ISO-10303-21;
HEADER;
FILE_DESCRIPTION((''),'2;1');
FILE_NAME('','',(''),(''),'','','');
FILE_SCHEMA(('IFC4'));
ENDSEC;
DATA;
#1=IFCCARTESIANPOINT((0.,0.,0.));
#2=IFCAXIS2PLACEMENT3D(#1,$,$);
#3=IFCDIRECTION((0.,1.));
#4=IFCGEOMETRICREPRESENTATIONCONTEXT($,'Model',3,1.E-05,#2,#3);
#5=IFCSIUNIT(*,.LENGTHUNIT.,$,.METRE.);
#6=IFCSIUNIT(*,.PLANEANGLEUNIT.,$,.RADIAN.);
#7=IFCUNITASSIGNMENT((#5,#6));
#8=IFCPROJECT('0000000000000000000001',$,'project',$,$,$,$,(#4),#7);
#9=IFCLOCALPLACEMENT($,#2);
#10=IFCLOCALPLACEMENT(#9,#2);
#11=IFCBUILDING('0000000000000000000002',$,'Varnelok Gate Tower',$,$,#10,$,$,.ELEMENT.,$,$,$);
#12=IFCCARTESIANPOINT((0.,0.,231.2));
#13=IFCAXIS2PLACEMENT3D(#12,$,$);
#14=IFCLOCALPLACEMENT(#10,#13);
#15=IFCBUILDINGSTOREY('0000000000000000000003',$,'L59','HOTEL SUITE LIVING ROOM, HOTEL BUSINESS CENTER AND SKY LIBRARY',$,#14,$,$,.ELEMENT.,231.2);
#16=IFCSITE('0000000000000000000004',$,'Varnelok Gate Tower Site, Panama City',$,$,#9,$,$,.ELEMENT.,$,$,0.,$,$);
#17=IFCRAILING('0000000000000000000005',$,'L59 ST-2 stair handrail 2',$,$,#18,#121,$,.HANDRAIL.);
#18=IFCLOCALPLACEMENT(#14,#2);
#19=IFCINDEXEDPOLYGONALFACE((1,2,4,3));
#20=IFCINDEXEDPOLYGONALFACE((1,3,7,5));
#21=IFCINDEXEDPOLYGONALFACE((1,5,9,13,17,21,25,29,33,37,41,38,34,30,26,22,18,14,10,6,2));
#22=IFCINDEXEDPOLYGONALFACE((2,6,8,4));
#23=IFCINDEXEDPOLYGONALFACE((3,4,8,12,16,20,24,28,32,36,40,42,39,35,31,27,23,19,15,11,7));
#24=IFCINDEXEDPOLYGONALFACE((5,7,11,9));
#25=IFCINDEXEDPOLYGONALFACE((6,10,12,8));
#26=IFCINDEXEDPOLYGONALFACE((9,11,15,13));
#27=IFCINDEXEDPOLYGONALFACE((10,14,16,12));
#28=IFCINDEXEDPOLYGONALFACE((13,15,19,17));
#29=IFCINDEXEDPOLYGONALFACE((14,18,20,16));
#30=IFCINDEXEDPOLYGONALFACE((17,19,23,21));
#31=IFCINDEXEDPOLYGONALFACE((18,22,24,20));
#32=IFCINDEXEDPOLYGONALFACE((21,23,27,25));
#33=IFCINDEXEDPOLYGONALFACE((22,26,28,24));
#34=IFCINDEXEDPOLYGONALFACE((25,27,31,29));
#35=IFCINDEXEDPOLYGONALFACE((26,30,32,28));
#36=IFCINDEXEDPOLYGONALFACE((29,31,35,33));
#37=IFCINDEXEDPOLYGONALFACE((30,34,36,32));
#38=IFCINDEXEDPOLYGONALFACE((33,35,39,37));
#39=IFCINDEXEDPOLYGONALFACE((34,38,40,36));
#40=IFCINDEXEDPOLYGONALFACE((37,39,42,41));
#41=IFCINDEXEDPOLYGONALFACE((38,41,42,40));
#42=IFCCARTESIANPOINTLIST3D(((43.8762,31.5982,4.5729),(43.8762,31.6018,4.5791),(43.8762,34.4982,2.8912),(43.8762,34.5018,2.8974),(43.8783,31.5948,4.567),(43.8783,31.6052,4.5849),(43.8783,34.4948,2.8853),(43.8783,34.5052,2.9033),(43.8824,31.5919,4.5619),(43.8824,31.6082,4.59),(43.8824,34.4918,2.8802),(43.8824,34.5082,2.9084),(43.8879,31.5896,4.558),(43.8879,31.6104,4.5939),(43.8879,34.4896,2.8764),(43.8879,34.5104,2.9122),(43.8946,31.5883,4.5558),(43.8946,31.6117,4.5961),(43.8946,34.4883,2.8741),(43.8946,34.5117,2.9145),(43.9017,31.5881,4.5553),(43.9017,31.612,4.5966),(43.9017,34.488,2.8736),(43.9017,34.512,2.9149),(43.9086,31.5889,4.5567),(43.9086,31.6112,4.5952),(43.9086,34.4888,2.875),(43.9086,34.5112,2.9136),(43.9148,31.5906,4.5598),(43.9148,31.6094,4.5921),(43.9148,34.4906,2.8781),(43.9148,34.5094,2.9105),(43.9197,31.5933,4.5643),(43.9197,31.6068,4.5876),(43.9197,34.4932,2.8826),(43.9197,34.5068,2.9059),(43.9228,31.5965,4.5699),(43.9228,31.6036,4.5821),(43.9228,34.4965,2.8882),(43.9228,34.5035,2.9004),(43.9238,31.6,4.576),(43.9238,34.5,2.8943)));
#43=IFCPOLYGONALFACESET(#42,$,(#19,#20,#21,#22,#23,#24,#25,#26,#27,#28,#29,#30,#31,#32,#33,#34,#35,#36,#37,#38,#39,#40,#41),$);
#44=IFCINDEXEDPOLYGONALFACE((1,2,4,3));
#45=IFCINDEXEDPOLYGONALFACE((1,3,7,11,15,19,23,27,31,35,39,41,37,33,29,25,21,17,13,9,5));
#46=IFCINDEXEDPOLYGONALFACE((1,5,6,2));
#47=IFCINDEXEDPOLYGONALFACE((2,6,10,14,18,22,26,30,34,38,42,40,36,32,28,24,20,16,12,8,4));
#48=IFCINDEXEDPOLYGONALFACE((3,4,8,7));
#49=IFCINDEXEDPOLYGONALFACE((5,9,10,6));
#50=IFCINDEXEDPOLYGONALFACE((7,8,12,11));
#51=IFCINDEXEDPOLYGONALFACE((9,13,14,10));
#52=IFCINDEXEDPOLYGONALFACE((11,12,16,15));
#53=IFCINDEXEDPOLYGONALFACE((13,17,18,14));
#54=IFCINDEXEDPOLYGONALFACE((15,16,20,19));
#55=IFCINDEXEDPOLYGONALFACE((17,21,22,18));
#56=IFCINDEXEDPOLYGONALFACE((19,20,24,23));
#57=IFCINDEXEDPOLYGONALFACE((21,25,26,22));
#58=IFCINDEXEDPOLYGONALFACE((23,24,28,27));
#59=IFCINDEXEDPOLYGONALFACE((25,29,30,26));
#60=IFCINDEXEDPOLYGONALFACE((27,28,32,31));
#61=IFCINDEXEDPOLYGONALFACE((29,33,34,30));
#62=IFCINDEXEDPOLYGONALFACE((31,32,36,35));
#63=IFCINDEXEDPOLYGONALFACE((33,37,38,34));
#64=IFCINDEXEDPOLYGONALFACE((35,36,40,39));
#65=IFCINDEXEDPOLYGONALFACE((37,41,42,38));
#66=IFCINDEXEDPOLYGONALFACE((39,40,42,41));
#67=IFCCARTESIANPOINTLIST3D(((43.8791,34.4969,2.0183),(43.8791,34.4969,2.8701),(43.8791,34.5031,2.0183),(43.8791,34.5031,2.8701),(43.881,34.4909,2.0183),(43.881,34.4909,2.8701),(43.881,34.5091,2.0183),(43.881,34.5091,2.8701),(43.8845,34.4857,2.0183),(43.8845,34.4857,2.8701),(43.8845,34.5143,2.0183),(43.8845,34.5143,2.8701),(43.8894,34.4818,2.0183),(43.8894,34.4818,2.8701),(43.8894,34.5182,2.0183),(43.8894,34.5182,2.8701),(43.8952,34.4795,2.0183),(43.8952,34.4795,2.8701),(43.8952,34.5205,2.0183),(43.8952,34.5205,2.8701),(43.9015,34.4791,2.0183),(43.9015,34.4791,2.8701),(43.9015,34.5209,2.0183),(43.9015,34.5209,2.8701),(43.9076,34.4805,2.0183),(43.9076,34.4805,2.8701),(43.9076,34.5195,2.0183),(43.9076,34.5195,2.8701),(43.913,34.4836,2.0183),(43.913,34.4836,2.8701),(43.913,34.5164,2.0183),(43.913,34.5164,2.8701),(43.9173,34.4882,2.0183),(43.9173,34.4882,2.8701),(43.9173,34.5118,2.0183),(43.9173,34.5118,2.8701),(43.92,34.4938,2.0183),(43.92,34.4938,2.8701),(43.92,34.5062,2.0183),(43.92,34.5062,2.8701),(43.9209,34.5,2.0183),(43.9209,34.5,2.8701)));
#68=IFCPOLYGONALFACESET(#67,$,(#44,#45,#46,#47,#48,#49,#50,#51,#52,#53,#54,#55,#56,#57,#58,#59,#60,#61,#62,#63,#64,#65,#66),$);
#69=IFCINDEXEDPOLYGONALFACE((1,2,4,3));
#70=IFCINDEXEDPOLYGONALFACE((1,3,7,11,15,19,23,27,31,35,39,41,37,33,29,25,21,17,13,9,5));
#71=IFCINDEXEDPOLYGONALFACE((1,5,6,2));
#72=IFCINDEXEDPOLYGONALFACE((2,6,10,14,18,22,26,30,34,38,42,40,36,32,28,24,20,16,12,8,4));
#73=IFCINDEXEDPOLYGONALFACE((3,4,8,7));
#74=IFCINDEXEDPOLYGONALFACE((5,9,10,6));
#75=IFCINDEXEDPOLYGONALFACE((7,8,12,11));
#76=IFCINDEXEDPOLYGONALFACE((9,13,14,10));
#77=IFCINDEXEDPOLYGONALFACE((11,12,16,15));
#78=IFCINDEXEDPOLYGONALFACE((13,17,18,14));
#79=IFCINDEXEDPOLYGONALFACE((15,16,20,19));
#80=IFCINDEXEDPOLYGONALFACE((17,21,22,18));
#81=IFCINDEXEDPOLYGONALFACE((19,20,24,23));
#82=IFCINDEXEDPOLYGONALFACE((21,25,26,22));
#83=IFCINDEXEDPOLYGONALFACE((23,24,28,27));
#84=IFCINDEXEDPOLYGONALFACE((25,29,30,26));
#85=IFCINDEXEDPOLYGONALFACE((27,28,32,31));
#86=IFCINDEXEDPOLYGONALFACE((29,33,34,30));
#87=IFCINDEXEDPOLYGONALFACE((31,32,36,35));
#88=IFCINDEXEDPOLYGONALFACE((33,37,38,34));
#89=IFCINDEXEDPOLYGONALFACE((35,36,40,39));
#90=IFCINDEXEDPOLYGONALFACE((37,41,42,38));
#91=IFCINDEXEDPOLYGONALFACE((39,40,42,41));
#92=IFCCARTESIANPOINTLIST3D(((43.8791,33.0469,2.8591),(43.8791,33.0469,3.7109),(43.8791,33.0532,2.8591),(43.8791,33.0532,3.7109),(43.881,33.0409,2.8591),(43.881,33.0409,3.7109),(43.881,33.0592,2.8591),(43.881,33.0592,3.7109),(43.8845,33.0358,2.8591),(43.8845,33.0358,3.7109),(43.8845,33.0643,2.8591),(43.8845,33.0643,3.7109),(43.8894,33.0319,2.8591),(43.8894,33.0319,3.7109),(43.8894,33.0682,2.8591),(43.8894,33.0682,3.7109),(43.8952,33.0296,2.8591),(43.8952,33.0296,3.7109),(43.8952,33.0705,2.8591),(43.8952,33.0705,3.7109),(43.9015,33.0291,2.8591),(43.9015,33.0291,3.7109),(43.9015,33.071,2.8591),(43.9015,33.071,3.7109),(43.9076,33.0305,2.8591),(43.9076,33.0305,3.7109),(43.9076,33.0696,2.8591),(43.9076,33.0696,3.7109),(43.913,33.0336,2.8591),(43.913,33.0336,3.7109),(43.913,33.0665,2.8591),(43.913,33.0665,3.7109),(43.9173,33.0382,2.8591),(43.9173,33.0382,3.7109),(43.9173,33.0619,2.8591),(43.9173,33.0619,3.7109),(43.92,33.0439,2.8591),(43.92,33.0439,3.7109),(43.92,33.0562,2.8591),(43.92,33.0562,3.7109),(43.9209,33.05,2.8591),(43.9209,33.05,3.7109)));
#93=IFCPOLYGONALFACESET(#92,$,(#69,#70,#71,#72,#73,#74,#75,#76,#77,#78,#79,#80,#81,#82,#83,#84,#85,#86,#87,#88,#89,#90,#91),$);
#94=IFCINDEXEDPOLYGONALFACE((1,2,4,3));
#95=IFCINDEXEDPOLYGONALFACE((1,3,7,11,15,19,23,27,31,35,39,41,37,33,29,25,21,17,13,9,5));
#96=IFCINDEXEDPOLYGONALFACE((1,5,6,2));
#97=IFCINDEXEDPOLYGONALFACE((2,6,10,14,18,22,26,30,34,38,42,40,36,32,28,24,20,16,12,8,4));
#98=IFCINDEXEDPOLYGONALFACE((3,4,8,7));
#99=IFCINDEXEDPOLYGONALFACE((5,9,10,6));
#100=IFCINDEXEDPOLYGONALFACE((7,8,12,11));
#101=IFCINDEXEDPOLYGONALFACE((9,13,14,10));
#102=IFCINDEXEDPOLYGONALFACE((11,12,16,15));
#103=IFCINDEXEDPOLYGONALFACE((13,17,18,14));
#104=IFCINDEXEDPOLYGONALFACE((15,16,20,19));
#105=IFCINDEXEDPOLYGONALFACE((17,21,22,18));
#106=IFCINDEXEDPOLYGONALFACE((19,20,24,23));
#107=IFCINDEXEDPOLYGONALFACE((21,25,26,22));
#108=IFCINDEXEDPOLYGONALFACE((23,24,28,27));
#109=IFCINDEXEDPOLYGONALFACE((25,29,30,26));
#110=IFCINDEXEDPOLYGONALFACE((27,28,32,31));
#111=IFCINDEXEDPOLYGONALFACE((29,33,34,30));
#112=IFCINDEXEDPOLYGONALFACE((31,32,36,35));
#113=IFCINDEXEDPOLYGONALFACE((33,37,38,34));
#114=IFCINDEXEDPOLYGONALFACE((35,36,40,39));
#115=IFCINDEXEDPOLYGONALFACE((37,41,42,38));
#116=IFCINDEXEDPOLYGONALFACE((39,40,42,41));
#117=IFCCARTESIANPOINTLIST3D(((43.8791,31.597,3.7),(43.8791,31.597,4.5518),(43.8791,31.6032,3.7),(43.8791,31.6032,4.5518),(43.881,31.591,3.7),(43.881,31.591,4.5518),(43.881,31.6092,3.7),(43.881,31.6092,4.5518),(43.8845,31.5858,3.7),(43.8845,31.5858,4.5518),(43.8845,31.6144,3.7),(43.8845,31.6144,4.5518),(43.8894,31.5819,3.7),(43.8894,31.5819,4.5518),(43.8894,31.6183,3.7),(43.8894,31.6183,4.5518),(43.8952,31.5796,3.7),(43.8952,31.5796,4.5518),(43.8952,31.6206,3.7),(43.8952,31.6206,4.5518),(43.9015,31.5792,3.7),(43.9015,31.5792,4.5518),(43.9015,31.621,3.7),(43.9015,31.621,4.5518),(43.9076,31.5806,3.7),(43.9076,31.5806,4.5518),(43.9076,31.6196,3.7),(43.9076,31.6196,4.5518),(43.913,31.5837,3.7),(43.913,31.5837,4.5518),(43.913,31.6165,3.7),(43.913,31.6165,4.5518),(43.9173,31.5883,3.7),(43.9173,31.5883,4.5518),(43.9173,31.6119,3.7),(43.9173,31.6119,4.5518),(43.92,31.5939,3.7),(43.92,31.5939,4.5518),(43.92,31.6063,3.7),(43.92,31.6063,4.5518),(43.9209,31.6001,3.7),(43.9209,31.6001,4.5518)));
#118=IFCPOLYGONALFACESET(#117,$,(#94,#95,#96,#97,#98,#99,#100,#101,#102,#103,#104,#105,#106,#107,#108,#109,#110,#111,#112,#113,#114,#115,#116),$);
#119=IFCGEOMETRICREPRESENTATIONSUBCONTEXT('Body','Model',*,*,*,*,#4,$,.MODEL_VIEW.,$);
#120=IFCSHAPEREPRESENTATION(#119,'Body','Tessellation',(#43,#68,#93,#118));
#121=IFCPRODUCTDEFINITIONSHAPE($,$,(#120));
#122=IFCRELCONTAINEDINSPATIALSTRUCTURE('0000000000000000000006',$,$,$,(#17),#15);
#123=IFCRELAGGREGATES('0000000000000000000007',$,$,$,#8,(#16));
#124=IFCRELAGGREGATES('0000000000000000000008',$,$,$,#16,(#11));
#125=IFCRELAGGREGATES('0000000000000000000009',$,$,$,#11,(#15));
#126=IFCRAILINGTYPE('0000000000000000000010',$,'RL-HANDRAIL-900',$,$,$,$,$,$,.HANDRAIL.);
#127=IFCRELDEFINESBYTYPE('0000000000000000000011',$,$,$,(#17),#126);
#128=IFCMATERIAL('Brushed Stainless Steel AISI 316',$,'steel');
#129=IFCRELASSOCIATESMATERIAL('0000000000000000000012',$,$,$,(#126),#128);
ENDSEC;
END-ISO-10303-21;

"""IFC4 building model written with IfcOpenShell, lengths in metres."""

from ifc_helpers import new_model, si_unit, direction, frame, origin, origin_2d, place, context, subcontext, project, spatial, circle, extrude, material, type_object, element, save


model = new_model("IFC4")

# Units and contexts
model_context = context("Model", 3, precision=1e-05, world=origin(), true_north=direction((0.0, 1.0)))
body_context = subcontext(model_context, "Body", "Model", "MODEL_VIEW")
ifc_project = project(units=[si_unit("LENGTHUNIT", "METRE"), si_unit("PLANEANGLEUNIT", "RADIAN")], contexts=[model_context])

# Site, building, storey
site_placement = place(None, origin())
site = spatial("IfcSite", under=ifc_project, at=site_placement, Name="Varnelok Gate Tower Site, Panama City", CompositionType="ELEMENT", RefElevation=0.0)
building_placement = place(site_placement, origin())
building = spatial("IfcBuilding", under=site, at=building_placement, Name="Varnelok Gate Tower", CompositionType="ELEMENT")
storey_placement = place(building_placement, frame((0.0, 0.0, 231.2)))
storey = spatial("IfcBuildingStorey", under=building, at=storey_placement, Name="L59", Description="HOTEL SUITE LIVING ROOM, HOTEL BUSINESS CENTER AND SKY LIBRARY", CompositionType="ELEMENT", Elevation=231.2)

# Railing
ifc_material_1 = material(Name="Brushed Stainless Steel AISI 316", Category="steel")
railing_type_1 = type_object("IfcRailingType", Name="RL-HANDRAIL-900", PredefinedType="HANDRAIL", material=ifc_material_1)
railing_1_placement = place(storey_placement, frame((43.8999, 34.5, 2.0183)))
element("IfcRailing", 1, at=railing_1_placement, inside=storey, type_object=railing_type_1, Name="L59 ST-2 stair handrail 2", PredefinedType="HANDRAIL", context=body_context, shape_type="SweptSolid", body=[
    extrude(circle(Radius=0.0239, at=origin_2d()), frame((0.0, 0.0, 0.876), z_axis=(0.0, -0.86507, 0.501651), x_axis=(1.0, 0.0, 0.0)), (0.0, 0.0, 1.0), 3.3523),
    extrude(circle(Radius=0.021, at=origin_2d()), origin(), (0.0, 0.0, 1.0), 0.8518),
    extrude(circle(Radius=0.021, at=origin_2d()), frame((0.0, -1.45, 0.8408)), (0.0, 0.0, 1.0), 0.8518),
    extrude(circle(Radius=0.021, at=origin_2d()), frame((0.0, -2.8999, 1.6816)), (0.0, 0.0, 1.0), 0.8518),
])

save(model, "model.ifc")
